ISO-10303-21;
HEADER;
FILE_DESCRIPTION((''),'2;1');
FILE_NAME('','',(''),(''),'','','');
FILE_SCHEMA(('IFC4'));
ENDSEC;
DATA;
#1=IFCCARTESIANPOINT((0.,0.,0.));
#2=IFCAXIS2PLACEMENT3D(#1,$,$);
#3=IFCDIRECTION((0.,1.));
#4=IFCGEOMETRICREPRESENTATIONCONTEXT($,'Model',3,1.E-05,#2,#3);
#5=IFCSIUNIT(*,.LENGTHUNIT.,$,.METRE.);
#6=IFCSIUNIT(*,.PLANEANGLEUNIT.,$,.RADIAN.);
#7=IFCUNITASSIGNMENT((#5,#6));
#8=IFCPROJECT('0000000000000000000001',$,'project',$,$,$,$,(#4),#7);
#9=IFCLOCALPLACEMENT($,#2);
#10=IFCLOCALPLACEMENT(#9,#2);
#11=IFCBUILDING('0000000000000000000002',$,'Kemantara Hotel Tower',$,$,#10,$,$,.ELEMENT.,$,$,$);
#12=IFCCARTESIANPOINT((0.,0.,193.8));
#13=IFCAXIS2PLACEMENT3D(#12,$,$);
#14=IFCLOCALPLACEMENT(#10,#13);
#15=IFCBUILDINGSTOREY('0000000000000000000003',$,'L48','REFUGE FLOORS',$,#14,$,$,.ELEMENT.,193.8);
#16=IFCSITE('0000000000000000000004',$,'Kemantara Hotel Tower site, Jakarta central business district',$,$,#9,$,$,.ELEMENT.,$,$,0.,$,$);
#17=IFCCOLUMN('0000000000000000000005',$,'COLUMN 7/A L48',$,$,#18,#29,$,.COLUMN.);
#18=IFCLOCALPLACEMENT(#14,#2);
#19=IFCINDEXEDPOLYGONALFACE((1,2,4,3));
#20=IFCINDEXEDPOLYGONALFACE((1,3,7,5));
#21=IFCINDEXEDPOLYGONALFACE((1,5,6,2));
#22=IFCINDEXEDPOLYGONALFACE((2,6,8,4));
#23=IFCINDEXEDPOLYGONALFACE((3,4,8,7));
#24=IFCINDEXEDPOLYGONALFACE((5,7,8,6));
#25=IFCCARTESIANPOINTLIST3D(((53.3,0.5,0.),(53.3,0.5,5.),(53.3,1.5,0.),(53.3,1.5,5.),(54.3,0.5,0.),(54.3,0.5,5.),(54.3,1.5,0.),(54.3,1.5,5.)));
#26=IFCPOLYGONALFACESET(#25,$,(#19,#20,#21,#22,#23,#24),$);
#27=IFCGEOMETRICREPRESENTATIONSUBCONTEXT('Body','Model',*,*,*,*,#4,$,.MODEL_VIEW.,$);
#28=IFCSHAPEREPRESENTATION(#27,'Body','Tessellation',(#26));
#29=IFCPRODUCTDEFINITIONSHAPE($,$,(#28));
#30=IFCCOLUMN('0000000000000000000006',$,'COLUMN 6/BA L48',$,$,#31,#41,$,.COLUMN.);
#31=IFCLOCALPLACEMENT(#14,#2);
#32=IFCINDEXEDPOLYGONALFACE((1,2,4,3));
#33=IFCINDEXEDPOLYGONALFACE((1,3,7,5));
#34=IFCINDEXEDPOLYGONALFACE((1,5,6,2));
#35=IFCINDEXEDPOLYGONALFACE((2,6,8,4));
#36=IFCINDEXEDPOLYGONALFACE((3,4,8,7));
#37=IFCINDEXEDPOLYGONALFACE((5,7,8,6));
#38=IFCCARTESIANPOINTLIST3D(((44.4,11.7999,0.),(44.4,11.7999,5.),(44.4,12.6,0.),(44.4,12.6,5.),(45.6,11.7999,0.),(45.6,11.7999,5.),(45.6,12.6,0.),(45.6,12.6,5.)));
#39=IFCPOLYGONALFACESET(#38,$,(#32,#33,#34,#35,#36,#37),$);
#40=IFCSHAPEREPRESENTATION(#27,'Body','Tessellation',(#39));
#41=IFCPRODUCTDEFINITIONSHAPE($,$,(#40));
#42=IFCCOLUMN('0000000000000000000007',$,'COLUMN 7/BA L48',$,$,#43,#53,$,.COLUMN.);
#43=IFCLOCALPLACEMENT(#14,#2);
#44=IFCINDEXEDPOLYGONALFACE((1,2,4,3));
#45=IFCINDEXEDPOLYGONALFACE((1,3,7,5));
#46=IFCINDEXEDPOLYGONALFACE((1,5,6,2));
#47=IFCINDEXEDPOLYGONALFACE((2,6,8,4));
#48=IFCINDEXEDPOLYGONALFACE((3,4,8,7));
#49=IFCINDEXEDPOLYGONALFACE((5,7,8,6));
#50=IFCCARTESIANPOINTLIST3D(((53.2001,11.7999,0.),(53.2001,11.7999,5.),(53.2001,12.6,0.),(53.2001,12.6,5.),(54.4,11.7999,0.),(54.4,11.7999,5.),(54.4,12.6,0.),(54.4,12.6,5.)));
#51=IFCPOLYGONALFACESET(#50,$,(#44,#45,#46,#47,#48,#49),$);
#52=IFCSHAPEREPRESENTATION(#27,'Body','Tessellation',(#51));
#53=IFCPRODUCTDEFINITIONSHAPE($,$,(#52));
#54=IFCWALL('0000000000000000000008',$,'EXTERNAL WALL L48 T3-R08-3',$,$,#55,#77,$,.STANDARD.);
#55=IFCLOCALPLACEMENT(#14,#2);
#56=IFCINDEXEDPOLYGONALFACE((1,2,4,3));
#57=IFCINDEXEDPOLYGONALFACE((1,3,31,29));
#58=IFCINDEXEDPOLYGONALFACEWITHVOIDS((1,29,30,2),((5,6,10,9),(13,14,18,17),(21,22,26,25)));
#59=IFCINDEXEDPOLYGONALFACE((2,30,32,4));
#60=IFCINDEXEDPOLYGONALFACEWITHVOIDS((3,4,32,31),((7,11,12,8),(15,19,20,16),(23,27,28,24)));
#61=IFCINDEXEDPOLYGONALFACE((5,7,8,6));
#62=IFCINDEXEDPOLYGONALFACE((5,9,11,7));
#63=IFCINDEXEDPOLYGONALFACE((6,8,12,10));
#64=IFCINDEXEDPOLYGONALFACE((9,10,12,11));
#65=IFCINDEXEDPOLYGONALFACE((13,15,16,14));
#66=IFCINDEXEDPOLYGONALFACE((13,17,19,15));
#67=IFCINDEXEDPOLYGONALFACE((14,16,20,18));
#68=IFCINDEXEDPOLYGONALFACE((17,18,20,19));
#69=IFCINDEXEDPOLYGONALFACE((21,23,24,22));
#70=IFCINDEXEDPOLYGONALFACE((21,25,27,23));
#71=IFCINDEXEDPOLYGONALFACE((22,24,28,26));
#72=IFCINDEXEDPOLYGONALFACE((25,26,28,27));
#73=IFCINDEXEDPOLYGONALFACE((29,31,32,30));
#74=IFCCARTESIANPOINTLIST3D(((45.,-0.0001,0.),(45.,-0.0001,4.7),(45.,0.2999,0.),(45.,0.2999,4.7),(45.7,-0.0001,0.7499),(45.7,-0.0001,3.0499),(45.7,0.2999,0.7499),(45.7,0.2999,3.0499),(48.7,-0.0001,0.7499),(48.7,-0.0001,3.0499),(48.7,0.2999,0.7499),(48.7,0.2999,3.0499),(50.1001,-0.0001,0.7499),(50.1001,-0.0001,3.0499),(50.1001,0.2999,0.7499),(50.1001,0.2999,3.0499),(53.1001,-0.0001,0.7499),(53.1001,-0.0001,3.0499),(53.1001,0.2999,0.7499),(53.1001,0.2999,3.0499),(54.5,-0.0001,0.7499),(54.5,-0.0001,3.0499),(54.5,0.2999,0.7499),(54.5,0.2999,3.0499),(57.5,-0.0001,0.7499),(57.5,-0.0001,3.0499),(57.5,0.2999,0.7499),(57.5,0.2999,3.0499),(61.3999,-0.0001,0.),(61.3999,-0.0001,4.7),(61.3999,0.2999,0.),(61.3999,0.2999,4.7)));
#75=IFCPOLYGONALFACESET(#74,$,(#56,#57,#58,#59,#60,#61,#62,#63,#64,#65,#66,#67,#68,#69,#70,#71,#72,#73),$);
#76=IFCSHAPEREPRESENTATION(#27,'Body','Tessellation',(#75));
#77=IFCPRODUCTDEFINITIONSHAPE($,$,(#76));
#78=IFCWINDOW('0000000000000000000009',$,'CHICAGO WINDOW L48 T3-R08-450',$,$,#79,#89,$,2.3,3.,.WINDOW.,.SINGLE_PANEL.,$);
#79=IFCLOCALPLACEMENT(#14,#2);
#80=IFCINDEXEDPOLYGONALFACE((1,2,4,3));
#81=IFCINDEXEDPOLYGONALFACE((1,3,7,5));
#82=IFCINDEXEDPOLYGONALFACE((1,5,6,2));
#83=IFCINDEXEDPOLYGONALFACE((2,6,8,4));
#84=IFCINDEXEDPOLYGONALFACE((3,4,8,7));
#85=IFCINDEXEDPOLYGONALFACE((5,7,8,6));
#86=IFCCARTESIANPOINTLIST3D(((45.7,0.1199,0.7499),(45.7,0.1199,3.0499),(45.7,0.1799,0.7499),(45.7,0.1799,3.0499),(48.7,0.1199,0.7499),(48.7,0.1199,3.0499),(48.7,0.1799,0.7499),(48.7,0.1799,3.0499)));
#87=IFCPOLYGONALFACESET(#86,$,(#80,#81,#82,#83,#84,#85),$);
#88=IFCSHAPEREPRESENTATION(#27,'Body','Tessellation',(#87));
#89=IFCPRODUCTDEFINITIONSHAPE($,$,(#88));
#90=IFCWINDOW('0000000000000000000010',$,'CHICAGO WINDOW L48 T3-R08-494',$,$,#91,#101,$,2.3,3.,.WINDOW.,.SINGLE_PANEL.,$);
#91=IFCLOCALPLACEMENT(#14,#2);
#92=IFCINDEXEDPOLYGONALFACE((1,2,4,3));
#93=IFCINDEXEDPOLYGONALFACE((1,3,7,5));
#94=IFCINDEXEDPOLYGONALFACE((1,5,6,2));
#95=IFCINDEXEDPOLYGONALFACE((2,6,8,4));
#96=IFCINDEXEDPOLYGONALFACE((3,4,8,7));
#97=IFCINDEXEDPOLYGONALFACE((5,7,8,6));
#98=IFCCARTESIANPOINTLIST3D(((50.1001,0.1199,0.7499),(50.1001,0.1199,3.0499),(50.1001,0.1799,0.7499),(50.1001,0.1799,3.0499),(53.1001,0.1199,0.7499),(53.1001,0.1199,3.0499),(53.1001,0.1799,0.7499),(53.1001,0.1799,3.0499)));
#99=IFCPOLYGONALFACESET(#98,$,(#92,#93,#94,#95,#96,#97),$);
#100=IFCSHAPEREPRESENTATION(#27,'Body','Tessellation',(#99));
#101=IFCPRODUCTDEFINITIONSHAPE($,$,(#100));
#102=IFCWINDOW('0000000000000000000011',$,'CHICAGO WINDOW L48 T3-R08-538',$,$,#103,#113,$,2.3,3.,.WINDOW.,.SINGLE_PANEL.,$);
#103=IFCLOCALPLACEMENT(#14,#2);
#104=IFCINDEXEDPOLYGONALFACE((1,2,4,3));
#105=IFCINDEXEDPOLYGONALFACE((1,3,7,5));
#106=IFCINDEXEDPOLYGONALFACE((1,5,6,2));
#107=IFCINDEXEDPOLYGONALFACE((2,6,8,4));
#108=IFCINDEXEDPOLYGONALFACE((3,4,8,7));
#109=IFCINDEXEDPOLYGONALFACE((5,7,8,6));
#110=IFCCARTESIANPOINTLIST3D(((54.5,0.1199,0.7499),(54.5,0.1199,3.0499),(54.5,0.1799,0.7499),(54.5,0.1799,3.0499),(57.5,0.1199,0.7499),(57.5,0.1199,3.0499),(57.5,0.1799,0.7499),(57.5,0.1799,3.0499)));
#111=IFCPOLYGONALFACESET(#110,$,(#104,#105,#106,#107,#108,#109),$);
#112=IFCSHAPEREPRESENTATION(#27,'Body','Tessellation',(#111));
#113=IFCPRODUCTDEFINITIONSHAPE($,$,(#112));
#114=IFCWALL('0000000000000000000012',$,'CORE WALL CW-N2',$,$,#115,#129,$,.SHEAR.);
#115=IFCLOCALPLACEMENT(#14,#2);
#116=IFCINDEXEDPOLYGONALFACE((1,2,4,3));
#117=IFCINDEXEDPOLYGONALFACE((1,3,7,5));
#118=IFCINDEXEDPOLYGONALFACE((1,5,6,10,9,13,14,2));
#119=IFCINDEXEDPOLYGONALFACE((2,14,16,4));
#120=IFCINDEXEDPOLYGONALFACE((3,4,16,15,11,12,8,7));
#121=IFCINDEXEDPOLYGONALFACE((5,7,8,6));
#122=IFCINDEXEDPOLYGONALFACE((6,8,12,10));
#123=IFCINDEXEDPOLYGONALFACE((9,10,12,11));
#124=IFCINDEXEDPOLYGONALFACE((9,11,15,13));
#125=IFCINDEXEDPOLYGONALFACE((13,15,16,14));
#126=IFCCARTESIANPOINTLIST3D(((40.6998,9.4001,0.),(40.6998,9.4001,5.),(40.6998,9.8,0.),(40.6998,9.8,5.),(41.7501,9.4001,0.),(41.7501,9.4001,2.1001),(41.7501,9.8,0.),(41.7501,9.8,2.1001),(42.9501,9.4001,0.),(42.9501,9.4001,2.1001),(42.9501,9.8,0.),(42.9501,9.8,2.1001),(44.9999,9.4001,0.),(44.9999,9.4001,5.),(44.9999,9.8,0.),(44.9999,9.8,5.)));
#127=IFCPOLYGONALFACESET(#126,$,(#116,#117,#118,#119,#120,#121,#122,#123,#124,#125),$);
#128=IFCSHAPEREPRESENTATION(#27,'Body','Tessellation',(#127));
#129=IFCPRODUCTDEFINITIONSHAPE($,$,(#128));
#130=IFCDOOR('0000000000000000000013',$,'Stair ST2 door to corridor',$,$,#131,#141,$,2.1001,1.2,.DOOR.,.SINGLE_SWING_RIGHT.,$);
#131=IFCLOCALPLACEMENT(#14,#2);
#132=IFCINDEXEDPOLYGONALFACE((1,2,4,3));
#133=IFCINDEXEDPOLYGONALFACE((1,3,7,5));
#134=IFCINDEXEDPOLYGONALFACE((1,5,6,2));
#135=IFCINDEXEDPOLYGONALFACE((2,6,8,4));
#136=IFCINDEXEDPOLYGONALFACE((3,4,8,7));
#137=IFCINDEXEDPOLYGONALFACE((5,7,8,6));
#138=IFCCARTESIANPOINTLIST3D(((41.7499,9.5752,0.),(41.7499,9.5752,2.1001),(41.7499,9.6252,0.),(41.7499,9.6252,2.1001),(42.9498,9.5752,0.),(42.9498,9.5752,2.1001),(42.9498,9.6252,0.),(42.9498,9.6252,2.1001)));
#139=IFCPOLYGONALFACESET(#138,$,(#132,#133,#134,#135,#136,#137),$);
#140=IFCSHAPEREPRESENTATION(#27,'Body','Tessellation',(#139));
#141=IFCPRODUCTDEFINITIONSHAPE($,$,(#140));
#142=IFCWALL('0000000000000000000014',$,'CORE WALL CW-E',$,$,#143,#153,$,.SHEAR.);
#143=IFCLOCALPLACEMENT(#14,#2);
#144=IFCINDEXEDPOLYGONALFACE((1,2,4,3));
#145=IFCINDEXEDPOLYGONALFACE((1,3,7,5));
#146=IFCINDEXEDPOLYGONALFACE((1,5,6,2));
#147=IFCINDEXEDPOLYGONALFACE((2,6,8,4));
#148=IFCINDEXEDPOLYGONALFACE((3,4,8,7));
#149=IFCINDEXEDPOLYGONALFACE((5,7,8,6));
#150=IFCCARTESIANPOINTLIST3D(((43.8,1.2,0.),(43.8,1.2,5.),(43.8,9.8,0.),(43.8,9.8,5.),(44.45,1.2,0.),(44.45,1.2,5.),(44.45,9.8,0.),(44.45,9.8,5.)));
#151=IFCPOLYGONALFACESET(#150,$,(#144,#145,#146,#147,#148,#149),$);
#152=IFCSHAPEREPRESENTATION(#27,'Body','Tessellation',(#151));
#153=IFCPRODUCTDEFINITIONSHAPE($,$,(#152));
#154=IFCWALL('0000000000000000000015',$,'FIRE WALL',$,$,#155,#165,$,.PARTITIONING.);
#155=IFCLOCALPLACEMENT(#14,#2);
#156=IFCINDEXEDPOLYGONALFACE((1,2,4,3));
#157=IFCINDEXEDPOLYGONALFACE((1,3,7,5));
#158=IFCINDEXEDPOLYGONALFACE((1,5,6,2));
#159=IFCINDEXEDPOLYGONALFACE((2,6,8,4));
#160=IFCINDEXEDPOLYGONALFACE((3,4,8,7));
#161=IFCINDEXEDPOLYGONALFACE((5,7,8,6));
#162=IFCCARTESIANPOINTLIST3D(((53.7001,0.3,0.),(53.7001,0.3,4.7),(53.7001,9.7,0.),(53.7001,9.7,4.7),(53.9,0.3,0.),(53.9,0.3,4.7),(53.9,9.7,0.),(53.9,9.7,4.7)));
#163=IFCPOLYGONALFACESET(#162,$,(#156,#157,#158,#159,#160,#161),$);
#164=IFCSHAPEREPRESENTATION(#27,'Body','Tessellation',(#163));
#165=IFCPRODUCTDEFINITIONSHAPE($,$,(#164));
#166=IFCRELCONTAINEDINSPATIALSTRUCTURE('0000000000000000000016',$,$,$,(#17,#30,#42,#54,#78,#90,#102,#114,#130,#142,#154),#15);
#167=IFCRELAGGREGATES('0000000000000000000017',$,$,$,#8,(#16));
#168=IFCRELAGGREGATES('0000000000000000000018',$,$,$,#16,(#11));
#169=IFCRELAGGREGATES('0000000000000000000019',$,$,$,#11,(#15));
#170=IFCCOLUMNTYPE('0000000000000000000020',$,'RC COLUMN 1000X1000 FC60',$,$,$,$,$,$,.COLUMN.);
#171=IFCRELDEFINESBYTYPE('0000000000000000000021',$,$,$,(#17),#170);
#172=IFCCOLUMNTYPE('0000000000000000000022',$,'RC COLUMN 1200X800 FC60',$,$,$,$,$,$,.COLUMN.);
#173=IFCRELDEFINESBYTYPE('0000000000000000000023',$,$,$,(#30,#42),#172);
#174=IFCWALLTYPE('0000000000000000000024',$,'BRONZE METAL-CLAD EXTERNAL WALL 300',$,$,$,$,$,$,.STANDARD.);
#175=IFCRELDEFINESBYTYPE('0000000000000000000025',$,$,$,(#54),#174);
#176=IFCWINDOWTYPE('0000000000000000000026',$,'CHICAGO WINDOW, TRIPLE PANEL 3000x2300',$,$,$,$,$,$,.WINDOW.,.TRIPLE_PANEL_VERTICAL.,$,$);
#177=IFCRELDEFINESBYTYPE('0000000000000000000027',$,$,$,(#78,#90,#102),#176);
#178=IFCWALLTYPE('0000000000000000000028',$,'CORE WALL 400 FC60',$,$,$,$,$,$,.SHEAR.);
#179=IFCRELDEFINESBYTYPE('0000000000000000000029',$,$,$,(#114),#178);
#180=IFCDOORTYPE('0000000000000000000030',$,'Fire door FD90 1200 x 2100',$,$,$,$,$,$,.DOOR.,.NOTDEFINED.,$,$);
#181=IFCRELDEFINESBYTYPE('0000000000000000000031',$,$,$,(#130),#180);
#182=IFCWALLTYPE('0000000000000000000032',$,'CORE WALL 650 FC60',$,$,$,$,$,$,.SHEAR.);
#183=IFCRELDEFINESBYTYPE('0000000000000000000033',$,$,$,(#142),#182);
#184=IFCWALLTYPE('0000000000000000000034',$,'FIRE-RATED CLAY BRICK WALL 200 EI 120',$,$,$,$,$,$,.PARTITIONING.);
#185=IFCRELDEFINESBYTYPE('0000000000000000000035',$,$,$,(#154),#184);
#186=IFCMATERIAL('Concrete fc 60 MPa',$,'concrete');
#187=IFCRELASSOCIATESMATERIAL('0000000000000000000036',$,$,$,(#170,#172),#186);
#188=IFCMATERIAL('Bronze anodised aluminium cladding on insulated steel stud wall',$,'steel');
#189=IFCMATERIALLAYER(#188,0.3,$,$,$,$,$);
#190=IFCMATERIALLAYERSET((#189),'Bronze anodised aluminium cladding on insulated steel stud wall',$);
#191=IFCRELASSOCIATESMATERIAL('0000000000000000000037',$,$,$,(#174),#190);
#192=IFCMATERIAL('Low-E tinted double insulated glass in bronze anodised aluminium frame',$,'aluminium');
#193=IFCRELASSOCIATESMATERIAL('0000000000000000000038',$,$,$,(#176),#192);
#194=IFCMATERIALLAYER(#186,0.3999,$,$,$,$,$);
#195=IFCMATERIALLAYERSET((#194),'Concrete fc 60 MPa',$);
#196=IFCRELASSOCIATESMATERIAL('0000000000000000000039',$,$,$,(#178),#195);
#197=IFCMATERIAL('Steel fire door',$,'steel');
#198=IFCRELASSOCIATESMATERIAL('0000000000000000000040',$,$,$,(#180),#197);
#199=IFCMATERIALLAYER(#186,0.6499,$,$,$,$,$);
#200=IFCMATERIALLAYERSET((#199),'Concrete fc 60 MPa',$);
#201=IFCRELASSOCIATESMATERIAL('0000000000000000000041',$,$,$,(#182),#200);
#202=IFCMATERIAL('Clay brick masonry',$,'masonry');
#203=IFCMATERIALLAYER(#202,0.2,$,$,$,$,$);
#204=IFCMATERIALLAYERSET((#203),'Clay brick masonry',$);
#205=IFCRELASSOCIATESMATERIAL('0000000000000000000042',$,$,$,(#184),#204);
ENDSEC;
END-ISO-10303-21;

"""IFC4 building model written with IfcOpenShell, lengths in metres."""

from ifc_helpers import new_model, si_unit, direction, frame, frame_2d, origin, origin_2d, place, context, subcontext, project, spatial, rectangle, extrude, material, layer, layer_set, material_profile, profile_set, type_object, element, fill, save


model = new_model("IFC4")

# Units and contexts
model_context = context("Model", 3, precision=1e-05, world=origin(), true_north=direction((0.0, 1.0)))
body_context = subcontext(model_context, "Body", "Model", "MODEL_VIEW")
ifc_project = project(units=[si_unit("LENGTHUNIT", "METRE"), si_unit("PLANEANGLEUNIT", "RADIAN")], contexts=[model_context])

# Site, building, storey
site_placement = place(None, origin())
site = spatial("IfcSite", under=ifc_project, at=site_placement, Name="Kemantara Hotel Tower site, Jakarta central business district", CompositionType="ELEMENT", RefElevation=0.0)
building_placement = place(site_placement, origin())
building = spatial("IfcBuilding", under=site, at=building_placement, Name="Kemantara Hotel Tower", CompositionType="ELEMENT")
storey_placement = place(building_placement, frame((0.0, 0.0, 193.8)))
storey = spatial("IfcBuildingStorey", under=building, at=storey_placement, Name="L48", Description="REFUGE FLOORS", CompositionType="ELEMENT", Elevation=193.8)

# Columns
ifc_material_1 = material(Name="Concrete fc 60 MPa", Category="concrete")
ifc_material_profile_1 = material_profile(ifc_material_1, rectangle(XDim=1.0, YDim=1.0, at=origin_2d()), Name="RC 1000X1000")
ifc_profile_set_1 = profile_set([ifc_material_profile_1], Name="Concrete fc 60 MPa")
column_type_1 = type_object("IfcColumnType", Name="RC COLUMN 1000X1000 FC60", PredefinedType="COLUMN", material=ifc_profile_set_1)
column_placement = place(storey_placement, frame((53.8, 1.0, 0.0), z_axis=(0.0, 0.0, 1.0), x_axis=(1.0, 0.0, 0.0)))
element("IfcColumn", 1, at=column_placement, inside=storey, type_object=column_type_1, Name="COLUMN 7/A L48", PredefinedType="COLUMN", context=body_context, shape_type="SweptSolid", body=[
    extrude(rectangle(XDim=1.0, YDim=1.0, at=origin_2d()), origin(), (0.0, 0.0, 1.0), 5.0),
])
ifc_material_profile_2 = material_profile(ifc_material_1, rectangle(XDim=1.2, YDim=0.8, at=origin_2d()), Name="RC 1200X800")
ifc_profile_set_2 = profile_set([ifc_material_profile_2], Name="Concrete fc 60 MPa")
column_type_2 = type_object("IfcColumnType", Name="RC COLUMN 1200X800 FC60", PredefinedType="COLUMN", material=ifc_profile_set_2)
for number, where, z_axis, x_axis, name in (
    (2, (45.0, 12.2, 0.0), (0.0, 0.0, 1.0), (1.0, 0.0, 0.0), "COLUMN 6/BA L48"),
    (3, (53.8, 12.2, 0.0), (0.0, 0.0, 1.0), (1.0, 0.0, 0.0), "COLUMN 7/BA L48"),
):
    element("IfcColumn", number, at=place(storey_placement, frame(where, z_axis=z_axis, x_axis=x_axis)), inside=storey, type_object=column_type_2, Name=name, PredefinedType="COLUMN", context=body_context, shape_type="SweptSolid", body=[
        extrude(rectangle(XDim=1.2, YDim=0.8, at=origin_2d()), origin(), (0.0, 0.0, 1.0), 5.0),
    ])

# Wall, openings, windows
ifc_material_2 = material(Name="Bronze anodised aluminium cladding on insulated steel stud wall", Category="steel")
ifc_layer_1 = layer(ifc_material_2, 0.3)
ifc_layer_set_1 = layer_set([ifc_layer_1], Name="Bronze anodised aluminium cladding on insulated steel stud wall")
wall_type_1 = type_object("IfcWallType", Name="BRONZE METAL-CLAD EXTERNAL WALL 300", PredefinedType="STANDARD", material=ifc_layer_set_1)
wall_1_placement = place(storey_placement, frame((45.0, 0.1499, 0.0), z_axis=(0.0, 0.0, 1.0), x_axis=(1.0, 0.0, 0.0)))
wall_1 = element("IfcWall", 4, at=wall_1_placement, inside=storey, type_object=wall_type_1, Name="EXTERNAL WALL L48 T3-R08-3", PredefinedType="STANDARD", context=body_context, shape_type="SweptSolid", body=[
    extrude(rectangle(XDim=16.3999, YDim=0.3, at=frame_2d((8.2, 0.0))), origin(), (0.0, 0.0, 1.0), 4.7),
])
opening_1_placement = place(wall_1_placement, frame((0.7, 0.0, 0.75)))
opening_1 = element("IfcOpeningElement", 5, at=opening_1_placement, cuts=wall_1, PredefinedType="OPENING", context=body_context, shape_type="SweptSolid", body=[
    extrude(rectangle(XDim=3.0, YDim=2.3, at=frame_2d((1.5, 1.1499))), frame((0.0, 0.1599, 0.0), z_axis=(0.0, -1.0, 0.0), x_axis=(1.0, 0.0, 0.0)), (0.0, 0.0, 1.0), 0.3201),
])
opening_2_placement = place(wall_1_placement, frame((5.1001, 0.0, 0.75)))
opening_2 = element("IfcOpeningElement", 6, at=opening_2_placement, cuts=wall_1, PredefinedType="OPENING", context=body_context, shape_type="SweptSolid", body=[
    extrude(rectangle(XDim=3.0, YDim=2.3, at=frame_2d((1.5, 1.1499))), frame((0.0, 0.1599, 0.0), z_axis=(0.0, -1.0, 0.0), x_axis=(1.0, 0.0, 0.0)), (0.0, 0.0, 1.0), 0.3201),
])
opening_3_placement = place(wall_1_placement, frame((9.5, 0.0, 0.75)))
opening_3 = element("IfcOpeningElement", 7, at=opening_3_placement, cuts=wall_1, PredefinedType="OPENING", context=body_context, shape_type="SweptSolid", body=[
    extrude(rectangle(XDim=3.0, YDim=2.3, at=frame_2d((1.5, 1.1499))), frame((0.0, 0.1599, 0.0), z_axis=(0.0, -1.0, 0.0), x_axis=(1.0, 0.0, 0.0)), (0.0, 0.0, 1.0), 0.3201),
])
ifc_material_3 = material(Name="Low-E tinted double insulated glass in bronze anodised aluminium frame", Category="aluminium")
window_type = type_object("IfcWindowType", Name="CHICAGO WINDOW, TRIPLE PANEL 3000x2300", PartitioningType="TRIPLE_PANEL_VERTICAL", PredefinedType="WINDOW", material=ifc_material_3)
window_1_placement = place(opening_1_placement, origin())
window_1 = element("IfcWindow", 8, at=window_1_placement, inside=storey, type_object=window_type, Name="CHICAGO WINDOW L48 T3-R08-450", OverallHeight=2.3, OverallWidth=3.0, PartitioningType="SINGLE_PANEL", PredefinedType="WINDOW", context=body_context, shape_type="SweptSolid", body=[
    extrude(rectangle(XDim=3.0, YDim=2.3, at=frame_2d((1.5, 1.1499))), frame((0.0, 0.03, 0.0), z_axis=(0.0, -1.0, 0.0), x_axis=(1.0, 0.0, 0.0)), (0.0, 0.0, 1.0), 0.0601),
])
fill(opening_1, window_1)
window_2_placement = place(opening_2_placement, origin())
window_2 = element("IfcWindow", 9, at=window_2_placement, inside=storey, type_object=window_type, Name="CHICAGO WINDOW L48 T3-R08-494", OverallHeight=2.3, OverallWidth=3.0, PartitioningType="SINGLE_PANEL", PredefinedType="WINDOW", context=body_context, shape_type="SweptSolid", body=[
    extrude(rectangle(XDim=3.0, YDim=2.3, at=frame_2d((1.5, 1.1499))), frame((0.0, 0.03, 0.0), z_axis=(0.0, -1.0, 0.0), x_axis=(1.0, 0.0, 0.0)), (0.0, 0.0, 1.0), 0.0601),
])
fill(opening_2, window_2)
window_3_placement = place(opening_3_placement, origin())
window_3 = element("IfcWindow", 10, at=window_3_placement, inside=storey, type_object=window_type, Name="CHICAGO WINDOW L48 T3-R08-538", OverallHeight=2.3, OverallWidth=3.0, PartitioningType="SINGLE_PANEL", PredefinedType="WINDOW", context=body_context, shape_type="SweptSolid", body=[
    extrude(rectangle(XDim=3.0, YDim=2.3, at=frame_2d((1.5, 1.1499))), frame((0.0, 0.03, 0.0), z_axis=(0.0, -1.0, 0.0), x_axis=(1.0, 0.0, 0.0)), (0.0, 0.0, 1.0), 0.0601),
])
fill(opening_3, window_3)

# Wall, opening, door
ifc_layer_2 = layer(ifc_material_1, 0.3999)
ifc_layer_set_2 = layer_set([ifc_layer_2], Name="Concrete fc 60 MPa")
wall_type_2 = type_object("IfcWallType", Name="CORE WALL 400 FC60", PredefinedType="SHEAR", material=ifc_layer_set_2)
wall_2_placement = place(storey_placement, frame((40.7, 9.6001, 0.0), z_axis=(0.0, 0.0, 1.0), x_axis=(1.0, 0.0, 0.0)))
wall_2 = element("IfcWall", 11, at=wall_2_placement, inside=storey, type_object=wall_type_2, Name="CORE WALL CW-N2", PredefinedType="SHEAR", context=body_context, shape_type="SweptSolid", body=[
    extrude(rectangle(XDim=4.3, YDim=0.3999, at=frame_2d((2.1499, 0.0))), origin(), (0.0, 0.0, 1.0), 5.0),
])
opening_4_placement = place(wall_2_placement, frame((1.05, 0.0, 0.0)))
opening_4 = element("IfcOpeningElement", 12, at=opening_4_placement, cuts=wall_2, PredefinedType="OPENING", context=body_context, shape_type="SweptSolid", body=[
    extrude(rectangle(XDim=1.2, YDim=2.1001, at=frame_2d((0.6001, 1.05))), frame((0.0, 0.21, 0.0), z_axis=(0.0, -1.0, 0.0), x_axis=(1.0, 0.0, 0.0)), (0.0, 0.0, 1.0), 0.4199),
])
ifc_material_4 = material(Name="Steel fire door", Category="steel")
door_type_1 = type_object("IfcDoorType", Name="Fire door FD90 1200 x 2100", OperationType="NOTDEFINED", PredefinedType="DOOR", material=ifc_material_4)
door_1_placement = place(opening_4_placement, frame((1.2, 0.0, 0.0), z_axis=(0.0, 0.0, 1.0), x_axis=(-1.0, 0.0, 0.0)))
door_1 = element("IfcDoor", 13, at=door_1_placement, inside=storey, type_object=door_type_1, Name="Stair ST2 door to corridor", OperationType="SINGLE_SWING_RIGHT", OverallHeight=2.1001, OverallWidth=1.2, PredefinedType="DOOR", context=body_context, shape_type="SweptSolid", body=[
    extrude(rectangle(XDim=1.2, YDim=2.1001, at=frame_2d((0.6001, 1.05))), frame((0.0, 0.0249, 0.0), z_axis=(0.0, -1.0, 0.0), x_axis=(1.0, 0.0, 0.0)), (0.0, 0.0, 1.0), 0.05),
])
fill(opening_4, door_1)

# Walls
ifc_layer_3 = layer(ifc_material_1, 0.6499)
ifc_layer_set_3 = layer_set([ifc_layer_3], Name="Concrete fc 60 MPa")
wall_type_3 = type_object("IfcWallType", Name="CORE WALL 650 FC60", PredefinedType="SHEAR", material=ifc_layer_set_3)
wall_3_placement = place(storey_placement, frame((44.125, 1.2, 0.0), z_axis=(0.0, 0.0, 1.0), x_axis=(0.0, 1.0, 0.0)))
element("IfcWall", 14, at=wall_3_placement, inside=storey, type_object=wall_type_3, Name="CORE WALL CW-E", PredefinedType="SHEAR", context=body_context, shape_type="SweptSolid", body=[
    extrude(rectangle(XDim=8.6001, YDim=0.6499, at=frame_2d((4.3, 0.0))), origin(), (0.0, 0.0, 1.0), 5.0),
])
ifc_material_5 = material(Name="Clay brick masonry", Category="masonry")
ifc_layer_4 = layer(ifc_material_5, 0.2)
ifc_layer_set_4 = layer_set([ifc_layer_4], Name="Clay brick masonry")
wall_type_4 = type_object("IfcWallType", Name="FIRE-RATED CLAY BRICK WALL 200 EI 120", PredefinedType="PARTITIONING", material=ifc_layer_set_4)
wall_4_placement = place(storey_placement, frame((53.8, 0.3, 0.0), z_axis=(0.0, 0.0, 1.0), x_axis=(0.0, 1.0, 0.0)))
element("IfcWall", 15, at=wall_4_placement, inside=storey, type_object=wall_type_4, Name="FIRE WALL", PredefinedType="PARTITIONING", context=body_context, shape_type="SweptSolid", body=[
    extrude(rectangle(XDim=9.3999, YDim=0.2, at=frame_2d((4.7, 0.0))), origin(), (0.0, 0.0, 1.0), 4.7),
])

save(model, "model.ifc")
